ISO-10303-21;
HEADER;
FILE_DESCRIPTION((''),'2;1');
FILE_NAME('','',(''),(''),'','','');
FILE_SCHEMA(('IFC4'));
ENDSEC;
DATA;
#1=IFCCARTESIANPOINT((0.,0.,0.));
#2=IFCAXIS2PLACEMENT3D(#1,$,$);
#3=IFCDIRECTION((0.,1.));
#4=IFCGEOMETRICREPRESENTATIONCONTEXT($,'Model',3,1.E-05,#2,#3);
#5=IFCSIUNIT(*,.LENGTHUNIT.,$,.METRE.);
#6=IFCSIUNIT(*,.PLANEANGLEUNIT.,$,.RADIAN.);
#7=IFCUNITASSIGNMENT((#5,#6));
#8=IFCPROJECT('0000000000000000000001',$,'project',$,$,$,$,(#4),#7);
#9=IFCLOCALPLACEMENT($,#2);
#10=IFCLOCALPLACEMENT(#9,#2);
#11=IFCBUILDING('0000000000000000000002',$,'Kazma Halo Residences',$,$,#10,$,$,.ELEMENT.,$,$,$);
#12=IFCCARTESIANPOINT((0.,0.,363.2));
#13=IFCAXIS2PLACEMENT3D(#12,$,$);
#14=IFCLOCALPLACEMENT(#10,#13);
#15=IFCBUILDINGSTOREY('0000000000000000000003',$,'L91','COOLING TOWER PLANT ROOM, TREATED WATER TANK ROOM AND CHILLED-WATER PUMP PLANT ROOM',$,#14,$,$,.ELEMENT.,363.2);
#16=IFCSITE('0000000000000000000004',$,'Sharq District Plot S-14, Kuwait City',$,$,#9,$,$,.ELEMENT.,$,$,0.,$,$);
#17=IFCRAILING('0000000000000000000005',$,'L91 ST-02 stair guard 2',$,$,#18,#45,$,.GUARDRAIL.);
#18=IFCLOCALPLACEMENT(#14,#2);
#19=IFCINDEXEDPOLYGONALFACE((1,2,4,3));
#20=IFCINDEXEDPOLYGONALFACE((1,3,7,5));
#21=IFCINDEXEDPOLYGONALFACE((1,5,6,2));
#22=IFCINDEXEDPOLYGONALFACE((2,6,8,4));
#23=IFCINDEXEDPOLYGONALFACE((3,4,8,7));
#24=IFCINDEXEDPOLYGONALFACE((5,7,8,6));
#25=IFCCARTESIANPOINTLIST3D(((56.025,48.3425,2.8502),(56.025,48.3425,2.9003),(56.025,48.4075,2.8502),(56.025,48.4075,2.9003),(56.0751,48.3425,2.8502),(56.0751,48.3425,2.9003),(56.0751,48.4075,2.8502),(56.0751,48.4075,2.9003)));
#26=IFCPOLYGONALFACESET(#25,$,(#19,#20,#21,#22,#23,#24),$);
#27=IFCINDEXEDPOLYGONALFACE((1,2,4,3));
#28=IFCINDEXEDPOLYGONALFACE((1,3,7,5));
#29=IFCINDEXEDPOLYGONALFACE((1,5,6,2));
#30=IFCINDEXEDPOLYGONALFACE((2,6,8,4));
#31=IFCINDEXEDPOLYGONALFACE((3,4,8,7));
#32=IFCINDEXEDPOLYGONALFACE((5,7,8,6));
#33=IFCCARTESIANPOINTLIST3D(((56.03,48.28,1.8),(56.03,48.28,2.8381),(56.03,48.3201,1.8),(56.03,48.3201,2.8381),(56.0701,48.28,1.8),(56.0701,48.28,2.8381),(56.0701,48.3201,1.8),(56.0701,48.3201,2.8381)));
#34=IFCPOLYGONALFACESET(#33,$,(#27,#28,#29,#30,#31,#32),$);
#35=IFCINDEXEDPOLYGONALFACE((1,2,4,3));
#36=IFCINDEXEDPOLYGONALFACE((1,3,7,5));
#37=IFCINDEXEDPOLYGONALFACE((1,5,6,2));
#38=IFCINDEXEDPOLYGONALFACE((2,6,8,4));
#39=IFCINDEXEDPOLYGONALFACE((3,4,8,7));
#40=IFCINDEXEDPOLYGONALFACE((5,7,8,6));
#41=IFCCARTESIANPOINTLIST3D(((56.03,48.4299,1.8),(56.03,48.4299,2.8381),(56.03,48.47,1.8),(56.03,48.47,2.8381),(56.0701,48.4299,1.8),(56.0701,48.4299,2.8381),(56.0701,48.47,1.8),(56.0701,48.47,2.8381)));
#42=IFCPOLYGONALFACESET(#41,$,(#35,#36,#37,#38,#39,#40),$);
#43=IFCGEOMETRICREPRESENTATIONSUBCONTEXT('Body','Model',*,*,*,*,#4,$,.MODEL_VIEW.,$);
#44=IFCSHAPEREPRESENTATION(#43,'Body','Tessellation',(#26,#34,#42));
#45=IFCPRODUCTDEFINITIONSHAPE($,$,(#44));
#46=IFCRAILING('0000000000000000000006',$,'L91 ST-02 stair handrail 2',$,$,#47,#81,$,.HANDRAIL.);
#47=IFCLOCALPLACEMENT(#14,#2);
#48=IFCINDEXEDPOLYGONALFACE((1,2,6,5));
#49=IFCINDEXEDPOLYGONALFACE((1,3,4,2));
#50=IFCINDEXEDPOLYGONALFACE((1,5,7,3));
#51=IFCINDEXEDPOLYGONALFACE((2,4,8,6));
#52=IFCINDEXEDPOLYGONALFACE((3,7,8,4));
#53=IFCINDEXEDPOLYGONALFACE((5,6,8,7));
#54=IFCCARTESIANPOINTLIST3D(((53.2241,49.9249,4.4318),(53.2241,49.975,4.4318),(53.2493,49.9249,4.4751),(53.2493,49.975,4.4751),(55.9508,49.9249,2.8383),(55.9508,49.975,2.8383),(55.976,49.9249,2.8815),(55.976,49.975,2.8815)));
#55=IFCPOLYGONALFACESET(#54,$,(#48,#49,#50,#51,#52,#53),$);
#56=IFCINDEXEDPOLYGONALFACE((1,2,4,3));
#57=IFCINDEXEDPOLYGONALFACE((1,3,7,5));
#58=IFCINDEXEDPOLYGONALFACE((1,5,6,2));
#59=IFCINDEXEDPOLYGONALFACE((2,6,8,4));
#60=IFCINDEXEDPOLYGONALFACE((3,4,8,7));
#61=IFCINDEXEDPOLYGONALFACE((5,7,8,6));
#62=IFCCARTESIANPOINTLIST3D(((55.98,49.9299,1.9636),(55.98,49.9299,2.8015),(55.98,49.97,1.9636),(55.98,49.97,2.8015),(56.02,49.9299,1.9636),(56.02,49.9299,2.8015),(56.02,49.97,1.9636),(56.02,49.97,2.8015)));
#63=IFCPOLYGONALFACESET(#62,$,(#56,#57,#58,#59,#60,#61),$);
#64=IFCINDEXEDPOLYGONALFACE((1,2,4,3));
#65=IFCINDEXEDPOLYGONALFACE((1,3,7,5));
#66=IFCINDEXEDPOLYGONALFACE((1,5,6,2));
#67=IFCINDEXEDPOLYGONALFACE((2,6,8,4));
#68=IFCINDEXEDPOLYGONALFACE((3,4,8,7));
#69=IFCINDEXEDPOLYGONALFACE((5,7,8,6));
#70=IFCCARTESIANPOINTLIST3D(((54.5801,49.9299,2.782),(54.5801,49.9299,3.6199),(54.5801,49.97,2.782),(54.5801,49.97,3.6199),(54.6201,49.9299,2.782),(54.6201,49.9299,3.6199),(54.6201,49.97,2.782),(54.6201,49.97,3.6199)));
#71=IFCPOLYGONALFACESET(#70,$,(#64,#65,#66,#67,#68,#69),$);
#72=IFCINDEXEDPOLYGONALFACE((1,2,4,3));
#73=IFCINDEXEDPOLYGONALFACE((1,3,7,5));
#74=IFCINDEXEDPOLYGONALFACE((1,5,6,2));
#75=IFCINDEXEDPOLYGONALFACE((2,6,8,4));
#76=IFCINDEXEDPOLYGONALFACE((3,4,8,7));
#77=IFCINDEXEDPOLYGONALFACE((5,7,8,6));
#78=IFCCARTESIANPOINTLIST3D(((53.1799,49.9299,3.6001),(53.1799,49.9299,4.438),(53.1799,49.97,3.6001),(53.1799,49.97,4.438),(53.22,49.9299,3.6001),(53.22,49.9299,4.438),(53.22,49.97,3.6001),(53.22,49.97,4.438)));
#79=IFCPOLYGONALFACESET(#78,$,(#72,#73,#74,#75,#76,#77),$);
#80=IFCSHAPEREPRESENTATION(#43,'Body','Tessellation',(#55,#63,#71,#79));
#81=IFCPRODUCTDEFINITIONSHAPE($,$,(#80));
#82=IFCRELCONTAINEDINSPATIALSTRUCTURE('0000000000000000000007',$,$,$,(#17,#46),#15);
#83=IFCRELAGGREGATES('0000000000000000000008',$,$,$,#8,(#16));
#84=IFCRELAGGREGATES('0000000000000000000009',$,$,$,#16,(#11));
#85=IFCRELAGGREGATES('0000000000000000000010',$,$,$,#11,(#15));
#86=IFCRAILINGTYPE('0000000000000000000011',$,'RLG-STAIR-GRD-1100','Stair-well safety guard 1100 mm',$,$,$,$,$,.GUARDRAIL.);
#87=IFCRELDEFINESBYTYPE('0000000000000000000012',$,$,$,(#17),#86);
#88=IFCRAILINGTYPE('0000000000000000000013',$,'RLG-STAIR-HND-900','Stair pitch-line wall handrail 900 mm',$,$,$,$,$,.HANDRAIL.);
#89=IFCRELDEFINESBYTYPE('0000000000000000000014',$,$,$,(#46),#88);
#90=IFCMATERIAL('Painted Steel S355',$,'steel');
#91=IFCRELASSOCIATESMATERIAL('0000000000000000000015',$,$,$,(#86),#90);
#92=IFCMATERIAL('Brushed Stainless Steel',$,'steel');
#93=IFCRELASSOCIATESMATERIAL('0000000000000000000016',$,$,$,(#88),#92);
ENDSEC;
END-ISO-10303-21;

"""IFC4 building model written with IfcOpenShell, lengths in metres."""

from ifc_helpers import new_model, si_unit, direction, frame, origin, origin_2d, place, context, subcontext, project, spatial, rectangle, extrude, material, type_object, element, save


model = new_model("IFC4")

# Units and contexts
model_context = context("Model", 3, precision=1e-05, world=origin(), true_north=direction((0.0, 1.0)))
body_context = subcontext(model_context, "Body", "Model", "MODEL_VIEW")
ifc_project = project(units=[si_unit("LENGTHUNIT", "METRE"), si_unit("PLANEANGLEUNIT", "RADIAN")], contexts=[model_context])

# Site, building, storey
site_placement = place(None, origin())
site = spatial("IfcSite", under=ifc_project, at=site_placement, Name="Sharq District Plot S-14, Kuwait City", CompositionType="ELEMENT", RefElevation=0.0)
building_placement = place(site_placement, origin())
building = spatial("IfcBuilding", under=site, at=building_placement, Name="Kazma Halo Residences", CompositionType="ELEMENT")
storey_placement = place(building_placement, frame((0.0, 0.0, 363.2)))
storey = spatial("IfcBuildingStorey", under=building, at=storey_placement, Name="L91", Description="COOLING TOWER PLANT ROOM, TREATED WATER TANK ROOM AND CHILLED-WATER PUMP PLANT ROOM", CompositionType="ELEMENT", Elevation=363.2)

# Railings
ifc_material_1 = material(Name="Painted Steel S355", Category="steel")
railing_type_1 = type_object("IfcRailingType", Name="RLG-STAIR-GRD-1100", Description="Stair-well safety guard 1100 mm", PredefinedType="GUARDRAIL", material=ifc_material_1)
railing_1_placement = place(storey_placement, frame((56.05, 48.3, 1.8)))
element("IfcRailing", 1, at=railing_1_placement, inside=storey, type_object=railing_type_1, Name="L91 ST-02 stair guard 2", PredefinedType="GUARDRAIL", context=body_context, shape_type="SweptSolid", body=[
    extrude(rectangle(XDim=0.05, YDim=0.05, at=origin_2d()), frame((0.0, 0.0425, 1.0752), z_axis=(0.0, 1.0, 0.0), x_axis=(-1.0, 0.0, 0.0)), (0.0, 0.0, 1.0), 0.0649),
    extrude(rectangle(XDim=0.04, YDim=0.04, at=origin_2d()), origin(), (0.0, 0.0, 1.0), 1.0381),
    extrude(rectangle(XDim=0.04, YDim=0.04, at=origin_2d()), frame((0.0, 0.1499, 0.0)), (0.0, 0.0, 1.0), 1.0381),
])
ifc_material_2 = material(Name="Brushed Stainless Steel", Category="steel")
railing_type_2 = type_object("IfcRailingType", Name="RLG-STAIR-HND-900", Description="Stair pitch-line wall handrail 900 mm", PredefinedType="HANDRAIL", material=ifc_material_2)
railing_2_placement = place(storey_placement, frame((56.0, 49.95, 1.9636)))
element("IfcRailing", 2, at=railing_2_placement, inside=storey, type_object=railing_type_2, Name="L91 ST-02 stair handrail 2", PredefinedType="HANDRAIL", context=body_context, shape_type="SweptSolid", body=[
    extrude(rectangle(XDim=0.05, YDim=0.05, at=origin_2d()), frame((-0.0366, 0.0, 0.8962), z_axis=(-0.863361, 0.0, 0.504587), x_axis=(0.0, -1.0, 0.0)), (0.0, 0.0, 1.0), 3.1582),
    extrude(rectangle(XDim=0.04, YDim=0.04, at=origin_2d()), origin(), (0.0, 0.0, 1.0), 0.8379),
    extrude(rectangle(XDim=0.04, YDim=0.04, at=origin_2d()), frame((-1.3999, 0.0, 0.8184)), (0.0, 0.0, 1.0), 0.8379),
    extrude(rectangle(XDim=0.04, YDim=0.04, at=origin_2d()), frame((-2.8, 0.0, 1.6365)), (0.0, 0.0, 1.0), 0.8379),
])

save(model, "model.ifc")
